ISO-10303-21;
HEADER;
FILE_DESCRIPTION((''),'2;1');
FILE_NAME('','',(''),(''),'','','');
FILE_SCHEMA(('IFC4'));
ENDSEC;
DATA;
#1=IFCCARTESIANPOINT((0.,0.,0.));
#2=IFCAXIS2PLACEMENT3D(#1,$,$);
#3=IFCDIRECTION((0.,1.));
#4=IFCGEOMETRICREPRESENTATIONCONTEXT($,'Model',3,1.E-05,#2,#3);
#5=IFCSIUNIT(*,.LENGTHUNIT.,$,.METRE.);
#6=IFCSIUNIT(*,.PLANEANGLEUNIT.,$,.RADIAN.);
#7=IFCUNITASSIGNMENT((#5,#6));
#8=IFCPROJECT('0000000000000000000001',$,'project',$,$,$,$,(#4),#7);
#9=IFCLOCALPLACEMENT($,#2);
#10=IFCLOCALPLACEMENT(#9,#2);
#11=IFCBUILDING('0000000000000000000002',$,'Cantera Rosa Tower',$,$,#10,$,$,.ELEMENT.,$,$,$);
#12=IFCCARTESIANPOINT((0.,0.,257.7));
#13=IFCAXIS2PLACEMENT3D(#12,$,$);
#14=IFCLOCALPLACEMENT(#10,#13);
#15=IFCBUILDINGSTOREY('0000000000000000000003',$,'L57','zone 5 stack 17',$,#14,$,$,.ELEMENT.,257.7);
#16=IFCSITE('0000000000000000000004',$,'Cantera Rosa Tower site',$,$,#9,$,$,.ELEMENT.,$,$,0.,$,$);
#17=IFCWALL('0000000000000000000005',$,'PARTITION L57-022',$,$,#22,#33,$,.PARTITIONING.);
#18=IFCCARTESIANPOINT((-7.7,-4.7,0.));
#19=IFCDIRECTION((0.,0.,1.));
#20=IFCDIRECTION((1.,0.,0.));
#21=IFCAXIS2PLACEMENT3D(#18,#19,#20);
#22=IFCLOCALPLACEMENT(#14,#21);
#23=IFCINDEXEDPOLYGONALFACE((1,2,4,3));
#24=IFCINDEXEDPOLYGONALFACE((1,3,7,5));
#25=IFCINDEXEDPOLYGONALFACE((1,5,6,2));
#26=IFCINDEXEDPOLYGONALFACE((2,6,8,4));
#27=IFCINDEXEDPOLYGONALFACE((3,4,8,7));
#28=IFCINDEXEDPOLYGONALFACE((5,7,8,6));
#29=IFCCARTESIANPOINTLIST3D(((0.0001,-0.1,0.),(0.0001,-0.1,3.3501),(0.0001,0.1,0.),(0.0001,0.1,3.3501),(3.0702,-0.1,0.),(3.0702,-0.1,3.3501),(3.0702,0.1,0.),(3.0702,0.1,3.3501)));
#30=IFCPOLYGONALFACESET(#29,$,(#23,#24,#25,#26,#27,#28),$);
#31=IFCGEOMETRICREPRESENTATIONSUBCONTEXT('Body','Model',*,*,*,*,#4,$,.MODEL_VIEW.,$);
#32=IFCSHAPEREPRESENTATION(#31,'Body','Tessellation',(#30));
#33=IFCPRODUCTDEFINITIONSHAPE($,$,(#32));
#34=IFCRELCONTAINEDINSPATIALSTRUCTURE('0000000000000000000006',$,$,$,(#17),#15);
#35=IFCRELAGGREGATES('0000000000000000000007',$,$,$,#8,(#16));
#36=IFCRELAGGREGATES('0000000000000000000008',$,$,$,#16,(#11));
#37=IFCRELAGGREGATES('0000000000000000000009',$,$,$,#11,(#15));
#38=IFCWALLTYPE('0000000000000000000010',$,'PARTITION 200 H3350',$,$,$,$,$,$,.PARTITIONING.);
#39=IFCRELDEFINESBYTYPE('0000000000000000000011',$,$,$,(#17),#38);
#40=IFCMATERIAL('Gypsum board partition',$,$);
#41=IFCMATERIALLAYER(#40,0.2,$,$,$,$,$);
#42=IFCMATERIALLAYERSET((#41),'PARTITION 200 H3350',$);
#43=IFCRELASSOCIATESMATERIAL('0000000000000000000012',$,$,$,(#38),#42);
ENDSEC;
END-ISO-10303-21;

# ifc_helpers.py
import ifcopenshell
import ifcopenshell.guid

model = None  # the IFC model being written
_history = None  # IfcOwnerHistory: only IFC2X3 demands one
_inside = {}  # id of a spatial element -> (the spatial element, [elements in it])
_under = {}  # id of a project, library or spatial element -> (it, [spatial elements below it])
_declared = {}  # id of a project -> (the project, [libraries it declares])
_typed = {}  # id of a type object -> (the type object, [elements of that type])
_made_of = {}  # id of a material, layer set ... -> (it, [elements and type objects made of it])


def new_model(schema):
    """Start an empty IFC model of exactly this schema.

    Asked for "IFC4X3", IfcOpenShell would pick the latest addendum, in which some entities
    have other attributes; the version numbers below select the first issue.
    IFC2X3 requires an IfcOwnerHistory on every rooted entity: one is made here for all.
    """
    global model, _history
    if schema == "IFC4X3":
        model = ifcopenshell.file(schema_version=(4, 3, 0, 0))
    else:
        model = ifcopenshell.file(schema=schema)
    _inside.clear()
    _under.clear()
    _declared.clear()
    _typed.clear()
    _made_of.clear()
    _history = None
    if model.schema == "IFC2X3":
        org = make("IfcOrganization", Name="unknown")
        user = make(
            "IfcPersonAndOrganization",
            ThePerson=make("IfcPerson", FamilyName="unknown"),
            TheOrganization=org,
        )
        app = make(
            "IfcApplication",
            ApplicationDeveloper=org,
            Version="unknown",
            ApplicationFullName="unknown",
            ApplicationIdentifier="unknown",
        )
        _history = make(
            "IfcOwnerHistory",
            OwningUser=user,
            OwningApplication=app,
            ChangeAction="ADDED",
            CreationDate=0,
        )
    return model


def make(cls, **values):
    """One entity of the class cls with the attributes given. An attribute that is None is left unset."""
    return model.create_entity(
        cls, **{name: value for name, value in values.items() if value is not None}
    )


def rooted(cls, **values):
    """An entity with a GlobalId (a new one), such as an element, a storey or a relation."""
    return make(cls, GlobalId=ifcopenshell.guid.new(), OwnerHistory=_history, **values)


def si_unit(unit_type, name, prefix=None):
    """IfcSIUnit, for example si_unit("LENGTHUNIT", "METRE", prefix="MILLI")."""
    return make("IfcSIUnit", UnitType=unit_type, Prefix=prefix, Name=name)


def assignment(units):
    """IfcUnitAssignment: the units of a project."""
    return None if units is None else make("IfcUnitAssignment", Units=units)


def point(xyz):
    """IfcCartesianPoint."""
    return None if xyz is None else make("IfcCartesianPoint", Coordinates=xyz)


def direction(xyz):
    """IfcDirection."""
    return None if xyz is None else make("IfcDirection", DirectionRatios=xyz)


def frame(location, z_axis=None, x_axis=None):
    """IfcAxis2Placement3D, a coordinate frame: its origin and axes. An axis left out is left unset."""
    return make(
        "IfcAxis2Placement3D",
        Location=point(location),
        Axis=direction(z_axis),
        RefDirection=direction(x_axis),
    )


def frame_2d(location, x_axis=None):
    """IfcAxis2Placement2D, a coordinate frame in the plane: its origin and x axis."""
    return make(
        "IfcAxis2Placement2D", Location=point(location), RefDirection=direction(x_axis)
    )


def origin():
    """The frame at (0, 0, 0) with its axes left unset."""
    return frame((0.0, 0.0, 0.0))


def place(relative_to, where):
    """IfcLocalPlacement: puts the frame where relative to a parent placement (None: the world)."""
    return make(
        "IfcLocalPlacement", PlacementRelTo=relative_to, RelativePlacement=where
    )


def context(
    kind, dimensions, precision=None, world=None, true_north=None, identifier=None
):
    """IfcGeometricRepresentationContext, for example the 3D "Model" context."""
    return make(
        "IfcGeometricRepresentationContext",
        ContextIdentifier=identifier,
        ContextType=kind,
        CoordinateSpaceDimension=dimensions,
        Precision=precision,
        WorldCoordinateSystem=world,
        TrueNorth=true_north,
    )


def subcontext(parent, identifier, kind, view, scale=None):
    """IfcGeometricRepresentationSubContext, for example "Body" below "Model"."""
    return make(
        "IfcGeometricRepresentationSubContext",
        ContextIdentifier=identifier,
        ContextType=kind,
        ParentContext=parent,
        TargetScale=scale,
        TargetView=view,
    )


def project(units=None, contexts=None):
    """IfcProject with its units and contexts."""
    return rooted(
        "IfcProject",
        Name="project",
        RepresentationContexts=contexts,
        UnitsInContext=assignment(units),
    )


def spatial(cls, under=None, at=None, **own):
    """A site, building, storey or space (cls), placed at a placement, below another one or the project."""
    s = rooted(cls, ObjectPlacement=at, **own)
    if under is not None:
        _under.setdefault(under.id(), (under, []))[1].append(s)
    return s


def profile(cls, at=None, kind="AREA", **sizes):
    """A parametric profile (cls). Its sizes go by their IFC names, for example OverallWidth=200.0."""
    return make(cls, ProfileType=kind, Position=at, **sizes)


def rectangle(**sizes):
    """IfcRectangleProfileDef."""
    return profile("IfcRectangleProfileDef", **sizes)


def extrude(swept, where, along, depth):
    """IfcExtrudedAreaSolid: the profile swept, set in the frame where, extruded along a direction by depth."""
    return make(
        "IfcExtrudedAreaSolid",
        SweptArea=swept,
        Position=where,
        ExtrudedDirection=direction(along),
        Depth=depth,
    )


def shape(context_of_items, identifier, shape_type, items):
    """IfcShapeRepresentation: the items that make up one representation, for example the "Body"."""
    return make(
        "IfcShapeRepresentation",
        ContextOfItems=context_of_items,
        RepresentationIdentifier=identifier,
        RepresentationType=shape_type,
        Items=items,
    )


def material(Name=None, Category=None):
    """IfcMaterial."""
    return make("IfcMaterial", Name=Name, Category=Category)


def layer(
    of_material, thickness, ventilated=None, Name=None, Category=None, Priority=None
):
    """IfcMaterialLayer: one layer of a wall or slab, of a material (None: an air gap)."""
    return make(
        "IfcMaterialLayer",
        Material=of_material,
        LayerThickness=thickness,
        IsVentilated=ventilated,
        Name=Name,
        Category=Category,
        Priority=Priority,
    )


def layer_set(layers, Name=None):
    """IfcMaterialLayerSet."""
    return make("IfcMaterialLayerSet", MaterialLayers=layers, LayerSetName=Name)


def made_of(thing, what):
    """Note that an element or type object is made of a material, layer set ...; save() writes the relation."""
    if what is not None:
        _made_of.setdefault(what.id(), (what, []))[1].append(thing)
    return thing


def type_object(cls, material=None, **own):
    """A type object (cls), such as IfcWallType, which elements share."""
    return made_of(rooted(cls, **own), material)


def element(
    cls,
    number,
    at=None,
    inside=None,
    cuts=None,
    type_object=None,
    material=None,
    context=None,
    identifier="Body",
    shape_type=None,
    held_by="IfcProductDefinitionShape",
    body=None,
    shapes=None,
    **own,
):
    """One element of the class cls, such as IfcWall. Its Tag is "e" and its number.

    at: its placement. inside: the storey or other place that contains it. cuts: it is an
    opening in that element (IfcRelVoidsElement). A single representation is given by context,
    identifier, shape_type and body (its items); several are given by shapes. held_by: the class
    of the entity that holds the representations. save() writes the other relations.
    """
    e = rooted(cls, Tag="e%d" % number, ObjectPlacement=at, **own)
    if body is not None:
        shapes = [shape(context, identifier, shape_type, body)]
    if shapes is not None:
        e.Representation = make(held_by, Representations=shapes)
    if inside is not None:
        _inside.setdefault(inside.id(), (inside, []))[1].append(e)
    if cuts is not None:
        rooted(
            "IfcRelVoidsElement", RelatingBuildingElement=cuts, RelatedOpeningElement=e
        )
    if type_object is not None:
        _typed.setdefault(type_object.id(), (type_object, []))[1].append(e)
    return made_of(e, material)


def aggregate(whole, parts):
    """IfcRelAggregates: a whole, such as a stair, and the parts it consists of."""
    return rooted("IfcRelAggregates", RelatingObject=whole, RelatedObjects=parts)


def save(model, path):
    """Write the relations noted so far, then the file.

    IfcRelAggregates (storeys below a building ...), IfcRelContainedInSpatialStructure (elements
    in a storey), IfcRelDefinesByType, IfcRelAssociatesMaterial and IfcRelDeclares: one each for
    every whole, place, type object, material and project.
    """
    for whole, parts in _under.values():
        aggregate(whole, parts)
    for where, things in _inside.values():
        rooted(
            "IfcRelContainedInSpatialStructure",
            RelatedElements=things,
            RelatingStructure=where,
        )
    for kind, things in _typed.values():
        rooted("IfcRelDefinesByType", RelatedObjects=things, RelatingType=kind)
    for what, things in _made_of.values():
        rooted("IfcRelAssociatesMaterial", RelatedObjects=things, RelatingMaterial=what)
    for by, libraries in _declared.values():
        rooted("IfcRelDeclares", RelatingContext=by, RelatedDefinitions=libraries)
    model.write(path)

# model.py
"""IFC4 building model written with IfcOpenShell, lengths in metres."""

from ifc_helpers import new_model, si_unit, direction, frame, frame_2d, origin, place, context, subcontext, project, spatial, rectangle, extrude, material, layer, layer_set, type_object, element, save


model = new_model("IFC4")

# Units and contexts
model_context = context("Model", 3, precision=1e-05, world=origin(), true_north=direction((0.0, 1.0)))
body_context = subcontext(model_context, "Body", "Model", "MODEL_VIEW")
ifc_project = project(units=[si_unit("LENGTHUNIT", "METRE"), si_unit("PLANEANGLEUNIT", "RADIAN")], contexts=[model_context])

# Site, building, storey
site_placement = place(None, origin())
site = spatial("IfcSite", under=ifc_project, at=site_placement, Name="Cantera Rosa Tower site", CompositionType="ELEMENT", RefElevation=0.0)
building_placement = place(site_placement, origin())
building = spatial("IfcBuilding", under=site, at=building_placement, Name="Cantera Rosa Tower", CompositionType="ELEMENT")
storey_placement = place(building_placement, frame((0.0, 0.0, 257.7)))
storey = spatial("IfcBuildingStorey", under=building, at=storey_placement, Name="L57", Description="zone 5 stack 17", CompositionType="ELEMENT", Elevation=257.7)

# Wall
ifc_material_1 = material(Name="Gypsum board partition")
ifc_layer_1 = layer(ifc_material_1, 0.2)
ifc_layer_set_1 = layer_set([ifc_layer_1], Name="PARTITION 200 H3350")
wall_type_1 = type_object("IfcWallType", Name="PARTITION 200 H3350", PredefinedType="PARTITIONING", material=ifc_layer_set_1)
wall_1_placement = place(storey_placement, frame((-7.7, -4.7, 0.0), z_axis=(0.0, 0.0, 1.0), x_axis=(1.0, 0.0, 0.0)))
element("IfcWall", 1, at=wall_1_placement, inside=storey, type_object=wall_type_1, Name="PARTITION L57-022", PredefinedType="PARTITIONING", context=body_context, shape_type="SweptSolid", body=[
    extrude(rectangle(XDim=3.0701, YDim=0.2, at=frame_2d((1.5352, 0.0))), origin(), (0.0, 0.0, 1.0), 3.3501),
])

save(model, "model.ifc")
